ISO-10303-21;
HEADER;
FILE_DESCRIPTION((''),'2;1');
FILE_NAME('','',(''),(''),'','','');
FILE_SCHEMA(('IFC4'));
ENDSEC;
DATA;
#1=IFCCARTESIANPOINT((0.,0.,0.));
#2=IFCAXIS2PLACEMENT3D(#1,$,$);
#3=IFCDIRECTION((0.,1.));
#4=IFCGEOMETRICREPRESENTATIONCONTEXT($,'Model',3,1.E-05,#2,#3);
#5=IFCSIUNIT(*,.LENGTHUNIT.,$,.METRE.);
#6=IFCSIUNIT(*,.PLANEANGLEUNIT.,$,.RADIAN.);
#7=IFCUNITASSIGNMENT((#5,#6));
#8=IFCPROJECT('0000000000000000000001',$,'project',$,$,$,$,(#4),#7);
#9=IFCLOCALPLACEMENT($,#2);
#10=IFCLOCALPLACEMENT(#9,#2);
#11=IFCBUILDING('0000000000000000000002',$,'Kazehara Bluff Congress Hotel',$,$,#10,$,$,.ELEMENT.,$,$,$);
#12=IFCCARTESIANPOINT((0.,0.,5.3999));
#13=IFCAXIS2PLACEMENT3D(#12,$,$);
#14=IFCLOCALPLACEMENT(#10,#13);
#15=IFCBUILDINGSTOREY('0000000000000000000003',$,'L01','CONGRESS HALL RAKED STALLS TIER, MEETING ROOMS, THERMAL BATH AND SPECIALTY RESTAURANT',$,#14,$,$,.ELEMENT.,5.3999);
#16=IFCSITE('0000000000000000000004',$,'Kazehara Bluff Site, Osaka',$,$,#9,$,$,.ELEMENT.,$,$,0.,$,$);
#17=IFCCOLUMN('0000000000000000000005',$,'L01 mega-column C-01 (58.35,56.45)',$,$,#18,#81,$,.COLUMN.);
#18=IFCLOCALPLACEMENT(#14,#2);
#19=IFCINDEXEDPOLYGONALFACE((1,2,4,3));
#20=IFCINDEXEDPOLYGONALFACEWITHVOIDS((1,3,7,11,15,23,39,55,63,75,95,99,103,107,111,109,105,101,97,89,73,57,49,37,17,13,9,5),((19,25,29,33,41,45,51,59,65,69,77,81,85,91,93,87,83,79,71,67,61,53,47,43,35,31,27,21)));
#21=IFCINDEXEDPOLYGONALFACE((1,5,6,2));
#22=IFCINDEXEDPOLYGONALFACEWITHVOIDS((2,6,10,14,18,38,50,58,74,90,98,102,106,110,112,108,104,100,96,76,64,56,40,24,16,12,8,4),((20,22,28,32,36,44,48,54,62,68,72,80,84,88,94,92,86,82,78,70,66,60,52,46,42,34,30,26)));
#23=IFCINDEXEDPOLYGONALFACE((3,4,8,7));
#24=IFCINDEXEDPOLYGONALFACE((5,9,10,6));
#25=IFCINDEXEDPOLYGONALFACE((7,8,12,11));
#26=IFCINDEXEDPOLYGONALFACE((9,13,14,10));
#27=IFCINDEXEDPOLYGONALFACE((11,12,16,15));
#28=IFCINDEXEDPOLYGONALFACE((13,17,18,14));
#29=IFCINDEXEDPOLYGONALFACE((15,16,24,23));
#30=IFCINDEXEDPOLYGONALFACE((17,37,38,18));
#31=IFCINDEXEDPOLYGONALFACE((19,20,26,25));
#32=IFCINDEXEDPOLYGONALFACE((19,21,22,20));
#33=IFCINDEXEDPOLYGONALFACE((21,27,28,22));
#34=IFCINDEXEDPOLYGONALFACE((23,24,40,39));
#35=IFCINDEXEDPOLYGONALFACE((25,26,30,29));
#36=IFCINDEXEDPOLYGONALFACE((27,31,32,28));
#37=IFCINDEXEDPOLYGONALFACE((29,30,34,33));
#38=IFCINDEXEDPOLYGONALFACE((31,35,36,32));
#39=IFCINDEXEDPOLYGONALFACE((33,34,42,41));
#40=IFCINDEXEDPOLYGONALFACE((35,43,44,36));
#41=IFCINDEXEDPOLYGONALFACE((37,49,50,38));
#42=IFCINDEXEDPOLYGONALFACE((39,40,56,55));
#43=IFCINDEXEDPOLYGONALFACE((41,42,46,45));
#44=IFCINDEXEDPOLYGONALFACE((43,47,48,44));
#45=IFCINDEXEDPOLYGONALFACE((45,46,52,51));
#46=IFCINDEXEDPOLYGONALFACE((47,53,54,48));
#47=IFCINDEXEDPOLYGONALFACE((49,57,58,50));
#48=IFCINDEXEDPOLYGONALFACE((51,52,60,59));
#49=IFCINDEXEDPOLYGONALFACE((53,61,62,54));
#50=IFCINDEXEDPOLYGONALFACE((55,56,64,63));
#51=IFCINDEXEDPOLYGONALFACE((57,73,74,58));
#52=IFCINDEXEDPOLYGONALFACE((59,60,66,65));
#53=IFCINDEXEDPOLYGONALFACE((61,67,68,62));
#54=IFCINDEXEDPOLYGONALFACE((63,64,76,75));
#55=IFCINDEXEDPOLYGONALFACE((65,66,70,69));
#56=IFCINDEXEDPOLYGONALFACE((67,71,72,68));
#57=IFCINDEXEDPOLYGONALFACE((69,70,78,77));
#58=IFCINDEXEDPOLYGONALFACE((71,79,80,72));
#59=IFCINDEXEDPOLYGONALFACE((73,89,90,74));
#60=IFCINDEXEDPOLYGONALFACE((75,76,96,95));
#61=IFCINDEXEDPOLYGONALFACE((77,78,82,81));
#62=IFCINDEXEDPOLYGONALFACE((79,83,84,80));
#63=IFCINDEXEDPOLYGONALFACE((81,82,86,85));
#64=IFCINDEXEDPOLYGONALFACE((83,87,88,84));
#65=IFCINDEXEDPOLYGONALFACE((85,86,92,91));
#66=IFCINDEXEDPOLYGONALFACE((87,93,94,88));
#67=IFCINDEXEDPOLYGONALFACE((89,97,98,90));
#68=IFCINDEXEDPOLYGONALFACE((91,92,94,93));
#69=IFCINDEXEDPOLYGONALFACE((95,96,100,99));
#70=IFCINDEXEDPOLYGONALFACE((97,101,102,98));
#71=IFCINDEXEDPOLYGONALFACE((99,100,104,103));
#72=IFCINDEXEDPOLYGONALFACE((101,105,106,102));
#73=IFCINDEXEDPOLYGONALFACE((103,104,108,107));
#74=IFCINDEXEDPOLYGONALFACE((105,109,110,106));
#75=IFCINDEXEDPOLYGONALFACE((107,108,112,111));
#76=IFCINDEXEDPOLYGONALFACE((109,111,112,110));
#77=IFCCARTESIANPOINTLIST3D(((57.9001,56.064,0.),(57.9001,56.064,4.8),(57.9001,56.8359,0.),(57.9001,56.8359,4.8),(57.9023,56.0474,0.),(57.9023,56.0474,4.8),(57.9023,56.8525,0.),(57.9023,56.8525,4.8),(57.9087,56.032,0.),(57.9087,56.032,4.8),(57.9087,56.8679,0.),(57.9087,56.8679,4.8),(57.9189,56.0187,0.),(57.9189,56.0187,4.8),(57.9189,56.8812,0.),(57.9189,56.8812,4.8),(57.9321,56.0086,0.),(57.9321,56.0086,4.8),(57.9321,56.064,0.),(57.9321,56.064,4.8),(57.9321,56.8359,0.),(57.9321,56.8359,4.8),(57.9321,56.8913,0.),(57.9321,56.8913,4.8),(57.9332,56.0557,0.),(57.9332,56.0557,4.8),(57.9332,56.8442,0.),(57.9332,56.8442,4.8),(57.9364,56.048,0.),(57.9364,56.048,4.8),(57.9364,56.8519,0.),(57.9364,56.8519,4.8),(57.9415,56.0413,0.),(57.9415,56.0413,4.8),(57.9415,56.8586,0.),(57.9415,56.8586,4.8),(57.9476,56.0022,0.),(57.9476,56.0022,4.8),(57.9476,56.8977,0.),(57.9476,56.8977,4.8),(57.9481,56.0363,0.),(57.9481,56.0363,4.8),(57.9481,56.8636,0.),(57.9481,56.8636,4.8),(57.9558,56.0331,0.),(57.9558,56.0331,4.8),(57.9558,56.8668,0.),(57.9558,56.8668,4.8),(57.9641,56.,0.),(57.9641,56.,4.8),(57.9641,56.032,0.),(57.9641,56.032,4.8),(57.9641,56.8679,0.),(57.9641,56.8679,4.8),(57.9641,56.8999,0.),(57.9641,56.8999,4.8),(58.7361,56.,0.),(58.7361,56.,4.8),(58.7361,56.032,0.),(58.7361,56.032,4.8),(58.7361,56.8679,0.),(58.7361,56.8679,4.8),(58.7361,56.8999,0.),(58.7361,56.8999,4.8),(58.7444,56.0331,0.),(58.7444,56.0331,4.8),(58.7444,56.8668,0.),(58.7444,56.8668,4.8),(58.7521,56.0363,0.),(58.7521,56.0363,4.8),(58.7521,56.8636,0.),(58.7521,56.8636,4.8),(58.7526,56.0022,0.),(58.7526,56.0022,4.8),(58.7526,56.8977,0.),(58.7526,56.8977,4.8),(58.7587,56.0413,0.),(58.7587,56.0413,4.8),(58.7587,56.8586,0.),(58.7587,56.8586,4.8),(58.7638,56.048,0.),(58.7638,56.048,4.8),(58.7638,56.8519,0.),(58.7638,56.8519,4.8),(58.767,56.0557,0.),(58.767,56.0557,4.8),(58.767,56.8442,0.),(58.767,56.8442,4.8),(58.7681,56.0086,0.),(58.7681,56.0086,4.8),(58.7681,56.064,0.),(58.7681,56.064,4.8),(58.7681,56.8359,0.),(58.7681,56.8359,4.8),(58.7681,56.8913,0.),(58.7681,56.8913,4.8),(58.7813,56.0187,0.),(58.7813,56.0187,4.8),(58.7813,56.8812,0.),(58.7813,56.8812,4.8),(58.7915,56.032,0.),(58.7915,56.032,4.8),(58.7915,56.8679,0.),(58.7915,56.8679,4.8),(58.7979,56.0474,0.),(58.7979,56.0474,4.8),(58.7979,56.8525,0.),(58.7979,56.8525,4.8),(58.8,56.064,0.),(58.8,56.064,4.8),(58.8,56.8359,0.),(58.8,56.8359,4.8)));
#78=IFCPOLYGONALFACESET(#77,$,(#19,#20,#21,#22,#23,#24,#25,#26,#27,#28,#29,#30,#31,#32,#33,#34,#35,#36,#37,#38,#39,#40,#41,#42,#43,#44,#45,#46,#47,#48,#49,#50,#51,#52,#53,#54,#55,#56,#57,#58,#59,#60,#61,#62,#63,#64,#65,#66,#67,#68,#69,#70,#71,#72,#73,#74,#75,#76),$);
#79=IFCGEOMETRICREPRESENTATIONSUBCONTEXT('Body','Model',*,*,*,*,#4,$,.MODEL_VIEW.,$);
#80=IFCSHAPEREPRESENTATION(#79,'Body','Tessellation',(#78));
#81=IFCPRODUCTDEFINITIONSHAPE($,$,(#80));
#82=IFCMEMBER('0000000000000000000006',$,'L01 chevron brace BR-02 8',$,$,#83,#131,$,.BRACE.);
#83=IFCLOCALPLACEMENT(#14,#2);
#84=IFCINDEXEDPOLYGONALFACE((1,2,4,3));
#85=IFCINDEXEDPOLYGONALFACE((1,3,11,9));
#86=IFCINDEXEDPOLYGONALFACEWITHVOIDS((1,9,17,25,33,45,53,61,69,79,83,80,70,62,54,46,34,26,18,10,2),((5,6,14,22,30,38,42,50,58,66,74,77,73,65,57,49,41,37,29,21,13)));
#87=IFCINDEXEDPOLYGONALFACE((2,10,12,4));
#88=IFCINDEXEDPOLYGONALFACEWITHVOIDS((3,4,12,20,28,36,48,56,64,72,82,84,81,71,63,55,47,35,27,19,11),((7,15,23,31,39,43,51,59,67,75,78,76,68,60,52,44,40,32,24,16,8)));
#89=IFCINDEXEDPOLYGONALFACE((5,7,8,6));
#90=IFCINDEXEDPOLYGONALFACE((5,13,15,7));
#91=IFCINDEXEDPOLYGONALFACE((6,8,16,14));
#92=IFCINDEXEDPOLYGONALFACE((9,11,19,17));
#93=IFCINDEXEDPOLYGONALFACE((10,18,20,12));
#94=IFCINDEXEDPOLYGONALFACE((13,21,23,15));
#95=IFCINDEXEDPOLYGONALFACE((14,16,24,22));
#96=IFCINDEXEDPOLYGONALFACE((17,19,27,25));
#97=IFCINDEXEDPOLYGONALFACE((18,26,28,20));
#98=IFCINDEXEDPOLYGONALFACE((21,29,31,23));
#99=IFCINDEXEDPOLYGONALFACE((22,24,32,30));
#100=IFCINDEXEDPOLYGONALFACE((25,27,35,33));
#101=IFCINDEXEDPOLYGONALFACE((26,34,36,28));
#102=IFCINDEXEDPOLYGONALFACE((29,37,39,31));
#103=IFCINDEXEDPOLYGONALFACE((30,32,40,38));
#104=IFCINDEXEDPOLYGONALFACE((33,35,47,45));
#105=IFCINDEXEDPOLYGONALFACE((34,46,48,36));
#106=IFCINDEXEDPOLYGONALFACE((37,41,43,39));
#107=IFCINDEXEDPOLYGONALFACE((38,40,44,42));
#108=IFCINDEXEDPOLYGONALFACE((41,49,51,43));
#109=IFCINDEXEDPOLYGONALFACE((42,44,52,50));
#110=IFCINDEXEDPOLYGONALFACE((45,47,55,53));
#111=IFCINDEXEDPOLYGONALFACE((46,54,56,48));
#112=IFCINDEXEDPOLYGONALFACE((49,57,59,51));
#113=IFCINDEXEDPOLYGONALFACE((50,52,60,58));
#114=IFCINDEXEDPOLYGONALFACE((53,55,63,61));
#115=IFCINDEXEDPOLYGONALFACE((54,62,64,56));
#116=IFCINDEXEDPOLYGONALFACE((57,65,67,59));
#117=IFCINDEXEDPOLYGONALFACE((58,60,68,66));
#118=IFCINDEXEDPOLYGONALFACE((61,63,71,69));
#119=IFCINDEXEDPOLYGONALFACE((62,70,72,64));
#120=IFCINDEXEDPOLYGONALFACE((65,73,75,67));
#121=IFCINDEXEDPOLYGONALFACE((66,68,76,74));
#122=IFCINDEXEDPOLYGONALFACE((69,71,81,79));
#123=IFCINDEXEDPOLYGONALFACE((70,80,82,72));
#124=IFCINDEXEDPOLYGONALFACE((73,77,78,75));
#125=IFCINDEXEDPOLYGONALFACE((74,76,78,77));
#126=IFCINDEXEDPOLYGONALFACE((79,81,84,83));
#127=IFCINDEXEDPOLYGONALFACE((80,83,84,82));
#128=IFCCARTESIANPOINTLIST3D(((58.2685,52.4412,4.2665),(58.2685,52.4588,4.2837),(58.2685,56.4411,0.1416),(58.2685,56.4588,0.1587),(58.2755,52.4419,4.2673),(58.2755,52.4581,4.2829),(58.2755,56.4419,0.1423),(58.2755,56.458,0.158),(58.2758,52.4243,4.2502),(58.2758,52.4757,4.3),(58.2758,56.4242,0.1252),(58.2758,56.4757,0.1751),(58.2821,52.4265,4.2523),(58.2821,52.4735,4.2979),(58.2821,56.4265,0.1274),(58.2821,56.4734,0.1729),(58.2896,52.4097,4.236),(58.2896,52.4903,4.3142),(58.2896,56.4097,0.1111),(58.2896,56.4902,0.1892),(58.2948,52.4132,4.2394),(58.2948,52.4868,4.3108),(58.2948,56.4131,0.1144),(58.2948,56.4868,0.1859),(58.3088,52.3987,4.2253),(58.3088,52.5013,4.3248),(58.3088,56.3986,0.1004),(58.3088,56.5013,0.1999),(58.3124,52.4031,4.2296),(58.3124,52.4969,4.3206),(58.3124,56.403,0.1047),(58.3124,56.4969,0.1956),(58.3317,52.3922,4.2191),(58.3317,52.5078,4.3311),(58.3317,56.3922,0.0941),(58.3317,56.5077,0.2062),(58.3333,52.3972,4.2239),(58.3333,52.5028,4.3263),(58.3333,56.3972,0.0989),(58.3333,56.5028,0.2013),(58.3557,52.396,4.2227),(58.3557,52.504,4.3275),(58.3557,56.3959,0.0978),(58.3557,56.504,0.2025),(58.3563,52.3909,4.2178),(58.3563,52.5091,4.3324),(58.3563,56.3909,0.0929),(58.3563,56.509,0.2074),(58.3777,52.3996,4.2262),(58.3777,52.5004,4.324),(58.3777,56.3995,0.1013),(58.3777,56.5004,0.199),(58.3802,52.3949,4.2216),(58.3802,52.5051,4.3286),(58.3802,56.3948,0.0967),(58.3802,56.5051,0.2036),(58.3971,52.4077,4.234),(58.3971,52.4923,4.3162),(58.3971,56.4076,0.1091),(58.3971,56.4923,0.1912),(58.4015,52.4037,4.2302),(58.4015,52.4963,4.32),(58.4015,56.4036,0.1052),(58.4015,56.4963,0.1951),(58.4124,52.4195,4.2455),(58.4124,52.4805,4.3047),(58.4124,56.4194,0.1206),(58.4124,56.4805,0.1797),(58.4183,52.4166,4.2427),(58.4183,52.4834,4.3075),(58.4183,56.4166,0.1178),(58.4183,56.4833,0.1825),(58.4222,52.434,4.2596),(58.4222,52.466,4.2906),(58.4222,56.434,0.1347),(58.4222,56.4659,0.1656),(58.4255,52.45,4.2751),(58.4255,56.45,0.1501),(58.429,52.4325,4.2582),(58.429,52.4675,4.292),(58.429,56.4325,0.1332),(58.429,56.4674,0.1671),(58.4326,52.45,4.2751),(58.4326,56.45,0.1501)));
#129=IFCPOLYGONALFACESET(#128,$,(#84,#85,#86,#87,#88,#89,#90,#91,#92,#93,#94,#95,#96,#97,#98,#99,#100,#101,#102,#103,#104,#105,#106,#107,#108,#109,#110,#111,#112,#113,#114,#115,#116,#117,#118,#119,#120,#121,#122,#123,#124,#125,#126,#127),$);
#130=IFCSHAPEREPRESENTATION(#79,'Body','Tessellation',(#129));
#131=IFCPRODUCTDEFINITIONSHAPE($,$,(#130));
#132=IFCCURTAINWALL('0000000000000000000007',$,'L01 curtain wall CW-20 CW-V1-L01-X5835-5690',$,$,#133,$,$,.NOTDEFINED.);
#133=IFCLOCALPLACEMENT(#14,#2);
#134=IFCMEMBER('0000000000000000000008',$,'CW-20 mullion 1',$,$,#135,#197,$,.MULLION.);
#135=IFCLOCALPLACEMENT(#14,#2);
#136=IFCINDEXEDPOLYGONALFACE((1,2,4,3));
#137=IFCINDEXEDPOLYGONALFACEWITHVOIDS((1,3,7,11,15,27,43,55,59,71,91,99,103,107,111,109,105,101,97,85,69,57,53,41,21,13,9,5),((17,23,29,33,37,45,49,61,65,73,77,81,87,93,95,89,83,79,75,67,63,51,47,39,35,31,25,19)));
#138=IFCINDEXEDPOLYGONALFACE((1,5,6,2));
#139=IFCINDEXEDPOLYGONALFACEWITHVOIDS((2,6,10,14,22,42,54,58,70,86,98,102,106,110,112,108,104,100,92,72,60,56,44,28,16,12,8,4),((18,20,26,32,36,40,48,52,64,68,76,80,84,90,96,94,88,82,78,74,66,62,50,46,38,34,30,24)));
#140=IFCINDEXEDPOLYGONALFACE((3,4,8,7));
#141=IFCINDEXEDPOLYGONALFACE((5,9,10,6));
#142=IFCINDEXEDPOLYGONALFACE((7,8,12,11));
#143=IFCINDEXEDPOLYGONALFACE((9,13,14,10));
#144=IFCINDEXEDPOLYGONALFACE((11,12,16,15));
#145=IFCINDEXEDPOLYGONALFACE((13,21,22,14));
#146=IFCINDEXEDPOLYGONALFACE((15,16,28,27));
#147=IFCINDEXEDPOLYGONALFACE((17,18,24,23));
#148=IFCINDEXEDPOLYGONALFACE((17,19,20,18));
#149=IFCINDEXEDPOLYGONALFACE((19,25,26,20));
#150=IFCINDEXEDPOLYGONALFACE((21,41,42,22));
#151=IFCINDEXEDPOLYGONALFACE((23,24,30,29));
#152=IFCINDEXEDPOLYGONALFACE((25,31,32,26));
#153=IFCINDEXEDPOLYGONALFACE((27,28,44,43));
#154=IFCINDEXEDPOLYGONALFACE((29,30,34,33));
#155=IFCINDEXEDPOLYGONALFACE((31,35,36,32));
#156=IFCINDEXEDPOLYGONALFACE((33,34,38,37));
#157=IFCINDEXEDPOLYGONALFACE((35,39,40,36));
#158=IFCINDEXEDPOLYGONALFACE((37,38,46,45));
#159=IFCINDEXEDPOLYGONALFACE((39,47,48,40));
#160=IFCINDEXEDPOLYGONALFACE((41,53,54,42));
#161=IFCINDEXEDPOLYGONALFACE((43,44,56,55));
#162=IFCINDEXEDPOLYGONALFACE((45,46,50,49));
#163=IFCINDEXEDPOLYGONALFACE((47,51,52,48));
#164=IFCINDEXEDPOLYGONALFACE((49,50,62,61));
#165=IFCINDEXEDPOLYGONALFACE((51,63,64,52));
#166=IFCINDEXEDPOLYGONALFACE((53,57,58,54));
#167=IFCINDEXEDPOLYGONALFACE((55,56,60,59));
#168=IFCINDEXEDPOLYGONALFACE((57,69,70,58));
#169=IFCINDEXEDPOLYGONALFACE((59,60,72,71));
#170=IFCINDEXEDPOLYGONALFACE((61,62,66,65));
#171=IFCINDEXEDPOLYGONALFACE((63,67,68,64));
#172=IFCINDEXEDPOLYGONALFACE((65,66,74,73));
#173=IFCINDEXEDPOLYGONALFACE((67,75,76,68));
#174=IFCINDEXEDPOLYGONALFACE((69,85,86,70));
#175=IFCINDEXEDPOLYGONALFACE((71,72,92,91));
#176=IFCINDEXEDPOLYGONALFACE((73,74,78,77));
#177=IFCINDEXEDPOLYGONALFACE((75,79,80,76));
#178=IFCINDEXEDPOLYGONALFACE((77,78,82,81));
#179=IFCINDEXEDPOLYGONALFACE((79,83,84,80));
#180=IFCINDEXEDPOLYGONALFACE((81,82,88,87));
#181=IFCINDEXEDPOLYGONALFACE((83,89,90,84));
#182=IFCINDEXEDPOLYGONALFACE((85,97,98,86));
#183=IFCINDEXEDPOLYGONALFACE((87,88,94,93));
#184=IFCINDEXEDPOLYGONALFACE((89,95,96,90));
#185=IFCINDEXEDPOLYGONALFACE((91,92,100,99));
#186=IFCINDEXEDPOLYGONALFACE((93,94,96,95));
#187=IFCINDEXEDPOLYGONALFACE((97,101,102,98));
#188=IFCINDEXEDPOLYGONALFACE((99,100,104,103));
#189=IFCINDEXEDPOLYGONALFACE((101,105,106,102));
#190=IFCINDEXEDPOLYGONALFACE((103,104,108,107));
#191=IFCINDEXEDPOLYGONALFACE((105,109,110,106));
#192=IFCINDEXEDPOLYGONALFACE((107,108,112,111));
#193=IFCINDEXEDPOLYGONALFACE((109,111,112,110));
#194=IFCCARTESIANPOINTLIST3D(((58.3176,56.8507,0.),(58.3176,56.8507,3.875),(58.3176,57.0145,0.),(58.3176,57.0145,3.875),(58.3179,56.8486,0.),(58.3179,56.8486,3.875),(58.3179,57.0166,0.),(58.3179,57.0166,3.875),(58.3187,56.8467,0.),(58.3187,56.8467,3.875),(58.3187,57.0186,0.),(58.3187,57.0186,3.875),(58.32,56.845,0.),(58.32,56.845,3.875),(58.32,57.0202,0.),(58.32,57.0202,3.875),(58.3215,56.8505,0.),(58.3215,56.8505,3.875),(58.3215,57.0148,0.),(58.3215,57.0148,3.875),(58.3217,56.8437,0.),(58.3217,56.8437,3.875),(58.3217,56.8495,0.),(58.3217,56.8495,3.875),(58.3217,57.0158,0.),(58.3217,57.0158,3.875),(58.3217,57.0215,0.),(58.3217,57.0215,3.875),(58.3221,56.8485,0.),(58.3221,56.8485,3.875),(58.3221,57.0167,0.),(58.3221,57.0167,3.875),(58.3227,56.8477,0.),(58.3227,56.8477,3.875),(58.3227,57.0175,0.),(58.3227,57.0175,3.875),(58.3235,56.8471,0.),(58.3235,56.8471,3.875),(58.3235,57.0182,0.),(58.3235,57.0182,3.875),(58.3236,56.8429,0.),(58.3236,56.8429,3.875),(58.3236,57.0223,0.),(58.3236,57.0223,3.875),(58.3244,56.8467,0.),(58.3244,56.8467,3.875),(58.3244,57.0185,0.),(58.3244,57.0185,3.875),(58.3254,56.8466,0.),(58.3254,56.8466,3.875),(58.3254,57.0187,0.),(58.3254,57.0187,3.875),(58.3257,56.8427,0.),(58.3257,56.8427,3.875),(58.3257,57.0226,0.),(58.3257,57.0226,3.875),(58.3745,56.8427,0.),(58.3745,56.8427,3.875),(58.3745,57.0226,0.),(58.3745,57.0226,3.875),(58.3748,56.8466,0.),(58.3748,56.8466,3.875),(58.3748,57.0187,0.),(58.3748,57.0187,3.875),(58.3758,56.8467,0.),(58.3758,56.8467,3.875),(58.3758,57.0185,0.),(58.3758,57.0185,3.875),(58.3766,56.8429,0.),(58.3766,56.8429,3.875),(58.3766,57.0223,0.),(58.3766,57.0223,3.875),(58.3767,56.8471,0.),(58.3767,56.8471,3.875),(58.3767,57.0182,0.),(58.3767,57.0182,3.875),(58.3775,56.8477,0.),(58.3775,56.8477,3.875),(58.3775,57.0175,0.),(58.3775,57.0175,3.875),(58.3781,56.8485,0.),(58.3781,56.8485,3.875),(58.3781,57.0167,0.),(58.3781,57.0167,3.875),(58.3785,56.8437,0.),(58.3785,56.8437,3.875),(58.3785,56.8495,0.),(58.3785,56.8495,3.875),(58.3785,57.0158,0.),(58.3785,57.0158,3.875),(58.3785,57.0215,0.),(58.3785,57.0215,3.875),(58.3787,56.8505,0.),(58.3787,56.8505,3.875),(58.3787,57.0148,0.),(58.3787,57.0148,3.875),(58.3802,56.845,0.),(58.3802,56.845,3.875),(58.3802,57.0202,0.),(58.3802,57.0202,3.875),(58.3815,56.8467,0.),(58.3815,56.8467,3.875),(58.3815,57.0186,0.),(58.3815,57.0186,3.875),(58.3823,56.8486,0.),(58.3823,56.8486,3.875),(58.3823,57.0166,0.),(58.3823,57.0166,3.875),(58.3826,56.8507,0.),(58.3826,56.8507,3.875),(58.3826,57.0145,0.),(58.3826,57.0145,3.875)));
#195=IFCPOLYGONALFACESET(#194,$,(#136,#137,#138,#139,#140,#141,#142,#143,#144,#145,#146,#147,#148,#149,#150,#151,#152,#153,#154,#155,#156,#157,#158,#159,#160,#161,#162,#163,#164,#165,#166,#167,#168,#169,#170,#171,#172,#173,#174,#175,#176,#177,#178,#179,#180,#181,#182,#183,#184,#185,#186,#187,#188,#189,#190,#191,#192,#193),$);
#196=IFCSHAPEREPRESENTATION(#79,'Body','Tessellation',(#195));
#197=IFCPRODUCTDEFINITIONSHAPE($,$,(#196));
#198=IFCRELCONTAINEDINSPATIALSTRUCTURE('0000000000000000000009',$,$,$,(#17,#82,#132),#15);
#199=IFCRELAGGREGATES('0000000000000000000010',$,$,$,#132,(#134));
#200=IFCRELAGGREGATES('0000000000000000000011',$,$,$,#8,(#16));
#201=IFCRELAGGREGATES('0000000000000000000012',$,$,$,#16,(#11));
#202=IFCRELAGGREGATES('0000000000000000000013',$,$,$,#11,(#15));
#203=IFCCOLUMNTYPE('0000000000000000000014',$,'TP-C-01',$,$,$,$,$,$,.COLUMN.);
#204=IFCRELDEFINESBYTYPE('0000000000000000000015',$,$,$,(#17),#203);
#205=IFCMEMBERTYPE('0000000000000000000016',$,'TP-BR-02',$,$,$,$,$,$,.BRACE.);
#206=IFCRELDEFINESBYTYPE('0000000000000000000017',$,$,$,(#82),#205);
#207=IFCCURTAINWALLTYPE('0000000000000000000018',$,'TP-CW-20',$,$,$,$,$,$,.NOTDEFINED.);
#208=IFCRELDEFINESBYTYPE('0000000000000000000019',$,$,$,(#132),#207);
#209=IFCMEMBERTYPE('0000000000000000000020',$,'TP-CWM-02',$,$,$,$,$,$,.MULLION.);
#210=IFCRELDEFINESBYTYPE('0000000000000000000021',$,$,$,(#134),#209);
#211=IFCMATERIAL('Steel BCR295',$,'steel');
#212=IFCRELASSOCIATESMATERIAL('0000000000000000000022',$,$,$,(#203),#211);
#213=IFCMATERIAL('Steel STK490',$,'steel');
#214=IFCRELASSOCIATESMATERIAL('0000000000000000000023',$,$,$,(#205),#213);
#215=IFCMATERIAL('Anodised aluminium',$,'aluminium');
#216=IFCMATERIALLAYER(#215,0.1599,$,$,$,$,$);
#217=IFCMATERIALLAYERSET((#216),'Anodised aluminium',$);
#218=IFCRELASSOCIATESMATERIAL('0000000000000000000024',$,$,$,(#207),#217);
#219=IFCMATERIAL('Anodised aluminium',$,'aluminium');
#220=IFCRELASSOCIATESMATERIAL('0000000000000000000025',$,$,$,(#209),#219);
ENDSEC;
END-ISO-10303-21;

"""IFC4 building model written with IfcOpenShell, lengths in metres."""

from ifc_helpers import new_model, si_unit, direction, frame, origin, origin_2d, place, context, subcontext, project, spatial, hollow_rectangle, hollow_circle, extrude, material, layer, layer_set, material_profile, profile_set, type_object, element, aggregate, save


model = new_model("IFC4")

# Units and contexts
model_context = context("Model", 3, precision=1e-05, world=origin(), true_north=direction((0.0, 1.0)))
body_context = subcontext(model_context, "Body", "Model", "MODEL_VIEW")
ifc_project = project(units=[si_unit("LENGTHUNIT", "METRE"), si_unit("PLANEANGLEUNIT", "RADIAN")], contexts=[model_context])

# Site, building, storey
site_placement = place(None, origin())
site = spatial("IfcSite", under=ifc_project, at=site_placement, Name="Kazehara Bluff Site, Osaka", CompositionType="ELEMENT", RefElevation=0.0)
building_placement = place(site_placement, origin())
building = spatial("IfcBuilding", under=site, at=building_placement, Name="Kazehara Bluff Congress Hotel", CompositionType="ELEMENT")
storey_placement = place(building_placement, frame((0.0, 0.0, 5.3999)))
storey = spatial("IfcBuildingStorey", under=building, at=storey_placement, Name="L01", Description="CONGRESS HALL RAKED STALLS TIER, MEETING ROOMS, THERMAL BATH AND SPECIALTY RESTAURANT", CompositionType="ELEMENT", Elevation=5.3999)

# Column
ifc_material_1 = material(Name="Steel BCR295", Category="steel")
ifc_material_profile_1 = material_profile(ifc_material_1, hollow_rectangle(XDim=0.8999, YDim=0.8999, WallThickness=0.032, InnerFilletRadius=0.032, OuterFilletRadius=0.064, at=origin_2d()))
ifc_profile_set_1 = profile_set([ifc_material_profile_1], Name="Steel BCR295")
column_type = type_object("IfcColumnType", Name="TP-C-01", PredefinedType="COLUMN", material=ifc_profile_set_1)
column_placement = place(storey_placement, frame((58.3501, 56.45, 0.0), z_axis=(0.0, 0.0, 1.0), x_axis=(1.0, 0.0, 0.0)))
element("IfcColumn", 1, at=column_placement, inside=storey, type_object=column_type, Name="L01 mega-column C-01 (58.35,56.45)", PredefinedType="COLUMN", context=body_context, shape_type="SweptSolid", body=[
    extrude(hollow_rectangle(XDim=0.8999, YDim=0.8999, WallThickness=0.032, InnerFilletRadius=0.032, OuterFilletRadius=0.064, at=origin_2d()), origin(), (0.0, 0.0, 1.0), 4.8),
])

# Member
ifc_material_2 = material(Name="Steel STK490", Category="steel")
ifc_material_profile_2 = material_profile(ifc_material_2, hollow_circle(Radius=0.0825, WallThickness=0.0071, at=origin_2d()))
ifc_profile_set_2 = profile_set([ifc_material_profile_2], Name="Steel STK490")
member_type_1 = type_object("IfcMemberType", Name="TP-BR-02", PredefinedType="BRACE", material=ifc_profile_set_2)
member_1_placement = place(storey_placement, frame((58.3501, 56.45, 0.1501), z_axis=(0.0, -0.696146, 0.7179), x_axis=(1.0, 0.0, 0.0)))
element("IfcMember", 2, at=member_1_placement, inside=storey, type_object=member_type_1, Name="L01 chevron brace BR-02 8", PredefinedType="BRACE", context=body_context, shape_type="SweptSolid", body=[
    extrude(hollow_circle(Radius=0.0825, WallThickness=0.0071, at=origin_2d()), origin(), (0.0, 0.0, 1.0), 5.7458),
])

# Curtain wall, member
ifc_material_3 = material(Name="Anodised aluminium", Category="aluminium")
ifc_layer_1 = layer(ifc_material_3, 0.1599)
ifc_layer_set_1 = layer_set([ifc_layer_1], Name="Anodised aluminium")
curtain_wall_type_1 = type_object("IfcCurtainWallType", Name="TP-CW-20", PredefinedType="NOTDEFINED", material=ifc_layer_set_1)
curtain_wall_1_placement = place(storey_placement, origin())
curtain_wall_1 = element("IfcCurtainWall", 3, at=curtain_wall_1_placement, inside=storey, type_object=curtain_wall_type_1, Name="L01 curtain wall CW-20 CW-V1-L01-X5835-5690", PredefinedType="NOTDEFINED")
ifc_material_4 = material(Name="Anodised aluminium", Category="aluminium")
ifc_material_profile_3 = material_profile(ifc_material_4, hollow_rectangle(XDim=0.0649, YDim=0.1799, WallThickness=0.0039, InnerFilletRadius=0.0039, OuterFilletRadius=0.0081, at=origin_2d()))
ifc_profile_set_3 = profile_set([ifc_material_profile_3], Name="Anodised aluminium")
member_type_2 = type_object("IfcMemberType", Name="TP-CWM-02", PredefinedType="MULLION", material=ifc_profile_set_3)
member_2_placement = place(storey_placement, frame((58.3501, 56.9326, 0.0), z_axis=(0.0, 0.0, 1.0), x_axis=(-1.0, 0.0, 0.0)))
member_2 = element("IfcMember", 4, at=member_2_placement, type_object=member_type_2, Name="CW-20 mullion 1", PredefinedType="MULLION", context=body_context, shape_type="SweptSolid", body=[
    extrude(hollow_rectangle(XDim=0.0649, YDim=0.1799, WallThickness=0.0039, InnerFilletRadius=0.0039, OuterFilletRadius=0.0081, at=origin_2d()), origin(), (0.0, 0.0, 1.0), 3.875),
])

aggregate(curtain_wall_1, [member_2])

save(model, "model.ifc")
